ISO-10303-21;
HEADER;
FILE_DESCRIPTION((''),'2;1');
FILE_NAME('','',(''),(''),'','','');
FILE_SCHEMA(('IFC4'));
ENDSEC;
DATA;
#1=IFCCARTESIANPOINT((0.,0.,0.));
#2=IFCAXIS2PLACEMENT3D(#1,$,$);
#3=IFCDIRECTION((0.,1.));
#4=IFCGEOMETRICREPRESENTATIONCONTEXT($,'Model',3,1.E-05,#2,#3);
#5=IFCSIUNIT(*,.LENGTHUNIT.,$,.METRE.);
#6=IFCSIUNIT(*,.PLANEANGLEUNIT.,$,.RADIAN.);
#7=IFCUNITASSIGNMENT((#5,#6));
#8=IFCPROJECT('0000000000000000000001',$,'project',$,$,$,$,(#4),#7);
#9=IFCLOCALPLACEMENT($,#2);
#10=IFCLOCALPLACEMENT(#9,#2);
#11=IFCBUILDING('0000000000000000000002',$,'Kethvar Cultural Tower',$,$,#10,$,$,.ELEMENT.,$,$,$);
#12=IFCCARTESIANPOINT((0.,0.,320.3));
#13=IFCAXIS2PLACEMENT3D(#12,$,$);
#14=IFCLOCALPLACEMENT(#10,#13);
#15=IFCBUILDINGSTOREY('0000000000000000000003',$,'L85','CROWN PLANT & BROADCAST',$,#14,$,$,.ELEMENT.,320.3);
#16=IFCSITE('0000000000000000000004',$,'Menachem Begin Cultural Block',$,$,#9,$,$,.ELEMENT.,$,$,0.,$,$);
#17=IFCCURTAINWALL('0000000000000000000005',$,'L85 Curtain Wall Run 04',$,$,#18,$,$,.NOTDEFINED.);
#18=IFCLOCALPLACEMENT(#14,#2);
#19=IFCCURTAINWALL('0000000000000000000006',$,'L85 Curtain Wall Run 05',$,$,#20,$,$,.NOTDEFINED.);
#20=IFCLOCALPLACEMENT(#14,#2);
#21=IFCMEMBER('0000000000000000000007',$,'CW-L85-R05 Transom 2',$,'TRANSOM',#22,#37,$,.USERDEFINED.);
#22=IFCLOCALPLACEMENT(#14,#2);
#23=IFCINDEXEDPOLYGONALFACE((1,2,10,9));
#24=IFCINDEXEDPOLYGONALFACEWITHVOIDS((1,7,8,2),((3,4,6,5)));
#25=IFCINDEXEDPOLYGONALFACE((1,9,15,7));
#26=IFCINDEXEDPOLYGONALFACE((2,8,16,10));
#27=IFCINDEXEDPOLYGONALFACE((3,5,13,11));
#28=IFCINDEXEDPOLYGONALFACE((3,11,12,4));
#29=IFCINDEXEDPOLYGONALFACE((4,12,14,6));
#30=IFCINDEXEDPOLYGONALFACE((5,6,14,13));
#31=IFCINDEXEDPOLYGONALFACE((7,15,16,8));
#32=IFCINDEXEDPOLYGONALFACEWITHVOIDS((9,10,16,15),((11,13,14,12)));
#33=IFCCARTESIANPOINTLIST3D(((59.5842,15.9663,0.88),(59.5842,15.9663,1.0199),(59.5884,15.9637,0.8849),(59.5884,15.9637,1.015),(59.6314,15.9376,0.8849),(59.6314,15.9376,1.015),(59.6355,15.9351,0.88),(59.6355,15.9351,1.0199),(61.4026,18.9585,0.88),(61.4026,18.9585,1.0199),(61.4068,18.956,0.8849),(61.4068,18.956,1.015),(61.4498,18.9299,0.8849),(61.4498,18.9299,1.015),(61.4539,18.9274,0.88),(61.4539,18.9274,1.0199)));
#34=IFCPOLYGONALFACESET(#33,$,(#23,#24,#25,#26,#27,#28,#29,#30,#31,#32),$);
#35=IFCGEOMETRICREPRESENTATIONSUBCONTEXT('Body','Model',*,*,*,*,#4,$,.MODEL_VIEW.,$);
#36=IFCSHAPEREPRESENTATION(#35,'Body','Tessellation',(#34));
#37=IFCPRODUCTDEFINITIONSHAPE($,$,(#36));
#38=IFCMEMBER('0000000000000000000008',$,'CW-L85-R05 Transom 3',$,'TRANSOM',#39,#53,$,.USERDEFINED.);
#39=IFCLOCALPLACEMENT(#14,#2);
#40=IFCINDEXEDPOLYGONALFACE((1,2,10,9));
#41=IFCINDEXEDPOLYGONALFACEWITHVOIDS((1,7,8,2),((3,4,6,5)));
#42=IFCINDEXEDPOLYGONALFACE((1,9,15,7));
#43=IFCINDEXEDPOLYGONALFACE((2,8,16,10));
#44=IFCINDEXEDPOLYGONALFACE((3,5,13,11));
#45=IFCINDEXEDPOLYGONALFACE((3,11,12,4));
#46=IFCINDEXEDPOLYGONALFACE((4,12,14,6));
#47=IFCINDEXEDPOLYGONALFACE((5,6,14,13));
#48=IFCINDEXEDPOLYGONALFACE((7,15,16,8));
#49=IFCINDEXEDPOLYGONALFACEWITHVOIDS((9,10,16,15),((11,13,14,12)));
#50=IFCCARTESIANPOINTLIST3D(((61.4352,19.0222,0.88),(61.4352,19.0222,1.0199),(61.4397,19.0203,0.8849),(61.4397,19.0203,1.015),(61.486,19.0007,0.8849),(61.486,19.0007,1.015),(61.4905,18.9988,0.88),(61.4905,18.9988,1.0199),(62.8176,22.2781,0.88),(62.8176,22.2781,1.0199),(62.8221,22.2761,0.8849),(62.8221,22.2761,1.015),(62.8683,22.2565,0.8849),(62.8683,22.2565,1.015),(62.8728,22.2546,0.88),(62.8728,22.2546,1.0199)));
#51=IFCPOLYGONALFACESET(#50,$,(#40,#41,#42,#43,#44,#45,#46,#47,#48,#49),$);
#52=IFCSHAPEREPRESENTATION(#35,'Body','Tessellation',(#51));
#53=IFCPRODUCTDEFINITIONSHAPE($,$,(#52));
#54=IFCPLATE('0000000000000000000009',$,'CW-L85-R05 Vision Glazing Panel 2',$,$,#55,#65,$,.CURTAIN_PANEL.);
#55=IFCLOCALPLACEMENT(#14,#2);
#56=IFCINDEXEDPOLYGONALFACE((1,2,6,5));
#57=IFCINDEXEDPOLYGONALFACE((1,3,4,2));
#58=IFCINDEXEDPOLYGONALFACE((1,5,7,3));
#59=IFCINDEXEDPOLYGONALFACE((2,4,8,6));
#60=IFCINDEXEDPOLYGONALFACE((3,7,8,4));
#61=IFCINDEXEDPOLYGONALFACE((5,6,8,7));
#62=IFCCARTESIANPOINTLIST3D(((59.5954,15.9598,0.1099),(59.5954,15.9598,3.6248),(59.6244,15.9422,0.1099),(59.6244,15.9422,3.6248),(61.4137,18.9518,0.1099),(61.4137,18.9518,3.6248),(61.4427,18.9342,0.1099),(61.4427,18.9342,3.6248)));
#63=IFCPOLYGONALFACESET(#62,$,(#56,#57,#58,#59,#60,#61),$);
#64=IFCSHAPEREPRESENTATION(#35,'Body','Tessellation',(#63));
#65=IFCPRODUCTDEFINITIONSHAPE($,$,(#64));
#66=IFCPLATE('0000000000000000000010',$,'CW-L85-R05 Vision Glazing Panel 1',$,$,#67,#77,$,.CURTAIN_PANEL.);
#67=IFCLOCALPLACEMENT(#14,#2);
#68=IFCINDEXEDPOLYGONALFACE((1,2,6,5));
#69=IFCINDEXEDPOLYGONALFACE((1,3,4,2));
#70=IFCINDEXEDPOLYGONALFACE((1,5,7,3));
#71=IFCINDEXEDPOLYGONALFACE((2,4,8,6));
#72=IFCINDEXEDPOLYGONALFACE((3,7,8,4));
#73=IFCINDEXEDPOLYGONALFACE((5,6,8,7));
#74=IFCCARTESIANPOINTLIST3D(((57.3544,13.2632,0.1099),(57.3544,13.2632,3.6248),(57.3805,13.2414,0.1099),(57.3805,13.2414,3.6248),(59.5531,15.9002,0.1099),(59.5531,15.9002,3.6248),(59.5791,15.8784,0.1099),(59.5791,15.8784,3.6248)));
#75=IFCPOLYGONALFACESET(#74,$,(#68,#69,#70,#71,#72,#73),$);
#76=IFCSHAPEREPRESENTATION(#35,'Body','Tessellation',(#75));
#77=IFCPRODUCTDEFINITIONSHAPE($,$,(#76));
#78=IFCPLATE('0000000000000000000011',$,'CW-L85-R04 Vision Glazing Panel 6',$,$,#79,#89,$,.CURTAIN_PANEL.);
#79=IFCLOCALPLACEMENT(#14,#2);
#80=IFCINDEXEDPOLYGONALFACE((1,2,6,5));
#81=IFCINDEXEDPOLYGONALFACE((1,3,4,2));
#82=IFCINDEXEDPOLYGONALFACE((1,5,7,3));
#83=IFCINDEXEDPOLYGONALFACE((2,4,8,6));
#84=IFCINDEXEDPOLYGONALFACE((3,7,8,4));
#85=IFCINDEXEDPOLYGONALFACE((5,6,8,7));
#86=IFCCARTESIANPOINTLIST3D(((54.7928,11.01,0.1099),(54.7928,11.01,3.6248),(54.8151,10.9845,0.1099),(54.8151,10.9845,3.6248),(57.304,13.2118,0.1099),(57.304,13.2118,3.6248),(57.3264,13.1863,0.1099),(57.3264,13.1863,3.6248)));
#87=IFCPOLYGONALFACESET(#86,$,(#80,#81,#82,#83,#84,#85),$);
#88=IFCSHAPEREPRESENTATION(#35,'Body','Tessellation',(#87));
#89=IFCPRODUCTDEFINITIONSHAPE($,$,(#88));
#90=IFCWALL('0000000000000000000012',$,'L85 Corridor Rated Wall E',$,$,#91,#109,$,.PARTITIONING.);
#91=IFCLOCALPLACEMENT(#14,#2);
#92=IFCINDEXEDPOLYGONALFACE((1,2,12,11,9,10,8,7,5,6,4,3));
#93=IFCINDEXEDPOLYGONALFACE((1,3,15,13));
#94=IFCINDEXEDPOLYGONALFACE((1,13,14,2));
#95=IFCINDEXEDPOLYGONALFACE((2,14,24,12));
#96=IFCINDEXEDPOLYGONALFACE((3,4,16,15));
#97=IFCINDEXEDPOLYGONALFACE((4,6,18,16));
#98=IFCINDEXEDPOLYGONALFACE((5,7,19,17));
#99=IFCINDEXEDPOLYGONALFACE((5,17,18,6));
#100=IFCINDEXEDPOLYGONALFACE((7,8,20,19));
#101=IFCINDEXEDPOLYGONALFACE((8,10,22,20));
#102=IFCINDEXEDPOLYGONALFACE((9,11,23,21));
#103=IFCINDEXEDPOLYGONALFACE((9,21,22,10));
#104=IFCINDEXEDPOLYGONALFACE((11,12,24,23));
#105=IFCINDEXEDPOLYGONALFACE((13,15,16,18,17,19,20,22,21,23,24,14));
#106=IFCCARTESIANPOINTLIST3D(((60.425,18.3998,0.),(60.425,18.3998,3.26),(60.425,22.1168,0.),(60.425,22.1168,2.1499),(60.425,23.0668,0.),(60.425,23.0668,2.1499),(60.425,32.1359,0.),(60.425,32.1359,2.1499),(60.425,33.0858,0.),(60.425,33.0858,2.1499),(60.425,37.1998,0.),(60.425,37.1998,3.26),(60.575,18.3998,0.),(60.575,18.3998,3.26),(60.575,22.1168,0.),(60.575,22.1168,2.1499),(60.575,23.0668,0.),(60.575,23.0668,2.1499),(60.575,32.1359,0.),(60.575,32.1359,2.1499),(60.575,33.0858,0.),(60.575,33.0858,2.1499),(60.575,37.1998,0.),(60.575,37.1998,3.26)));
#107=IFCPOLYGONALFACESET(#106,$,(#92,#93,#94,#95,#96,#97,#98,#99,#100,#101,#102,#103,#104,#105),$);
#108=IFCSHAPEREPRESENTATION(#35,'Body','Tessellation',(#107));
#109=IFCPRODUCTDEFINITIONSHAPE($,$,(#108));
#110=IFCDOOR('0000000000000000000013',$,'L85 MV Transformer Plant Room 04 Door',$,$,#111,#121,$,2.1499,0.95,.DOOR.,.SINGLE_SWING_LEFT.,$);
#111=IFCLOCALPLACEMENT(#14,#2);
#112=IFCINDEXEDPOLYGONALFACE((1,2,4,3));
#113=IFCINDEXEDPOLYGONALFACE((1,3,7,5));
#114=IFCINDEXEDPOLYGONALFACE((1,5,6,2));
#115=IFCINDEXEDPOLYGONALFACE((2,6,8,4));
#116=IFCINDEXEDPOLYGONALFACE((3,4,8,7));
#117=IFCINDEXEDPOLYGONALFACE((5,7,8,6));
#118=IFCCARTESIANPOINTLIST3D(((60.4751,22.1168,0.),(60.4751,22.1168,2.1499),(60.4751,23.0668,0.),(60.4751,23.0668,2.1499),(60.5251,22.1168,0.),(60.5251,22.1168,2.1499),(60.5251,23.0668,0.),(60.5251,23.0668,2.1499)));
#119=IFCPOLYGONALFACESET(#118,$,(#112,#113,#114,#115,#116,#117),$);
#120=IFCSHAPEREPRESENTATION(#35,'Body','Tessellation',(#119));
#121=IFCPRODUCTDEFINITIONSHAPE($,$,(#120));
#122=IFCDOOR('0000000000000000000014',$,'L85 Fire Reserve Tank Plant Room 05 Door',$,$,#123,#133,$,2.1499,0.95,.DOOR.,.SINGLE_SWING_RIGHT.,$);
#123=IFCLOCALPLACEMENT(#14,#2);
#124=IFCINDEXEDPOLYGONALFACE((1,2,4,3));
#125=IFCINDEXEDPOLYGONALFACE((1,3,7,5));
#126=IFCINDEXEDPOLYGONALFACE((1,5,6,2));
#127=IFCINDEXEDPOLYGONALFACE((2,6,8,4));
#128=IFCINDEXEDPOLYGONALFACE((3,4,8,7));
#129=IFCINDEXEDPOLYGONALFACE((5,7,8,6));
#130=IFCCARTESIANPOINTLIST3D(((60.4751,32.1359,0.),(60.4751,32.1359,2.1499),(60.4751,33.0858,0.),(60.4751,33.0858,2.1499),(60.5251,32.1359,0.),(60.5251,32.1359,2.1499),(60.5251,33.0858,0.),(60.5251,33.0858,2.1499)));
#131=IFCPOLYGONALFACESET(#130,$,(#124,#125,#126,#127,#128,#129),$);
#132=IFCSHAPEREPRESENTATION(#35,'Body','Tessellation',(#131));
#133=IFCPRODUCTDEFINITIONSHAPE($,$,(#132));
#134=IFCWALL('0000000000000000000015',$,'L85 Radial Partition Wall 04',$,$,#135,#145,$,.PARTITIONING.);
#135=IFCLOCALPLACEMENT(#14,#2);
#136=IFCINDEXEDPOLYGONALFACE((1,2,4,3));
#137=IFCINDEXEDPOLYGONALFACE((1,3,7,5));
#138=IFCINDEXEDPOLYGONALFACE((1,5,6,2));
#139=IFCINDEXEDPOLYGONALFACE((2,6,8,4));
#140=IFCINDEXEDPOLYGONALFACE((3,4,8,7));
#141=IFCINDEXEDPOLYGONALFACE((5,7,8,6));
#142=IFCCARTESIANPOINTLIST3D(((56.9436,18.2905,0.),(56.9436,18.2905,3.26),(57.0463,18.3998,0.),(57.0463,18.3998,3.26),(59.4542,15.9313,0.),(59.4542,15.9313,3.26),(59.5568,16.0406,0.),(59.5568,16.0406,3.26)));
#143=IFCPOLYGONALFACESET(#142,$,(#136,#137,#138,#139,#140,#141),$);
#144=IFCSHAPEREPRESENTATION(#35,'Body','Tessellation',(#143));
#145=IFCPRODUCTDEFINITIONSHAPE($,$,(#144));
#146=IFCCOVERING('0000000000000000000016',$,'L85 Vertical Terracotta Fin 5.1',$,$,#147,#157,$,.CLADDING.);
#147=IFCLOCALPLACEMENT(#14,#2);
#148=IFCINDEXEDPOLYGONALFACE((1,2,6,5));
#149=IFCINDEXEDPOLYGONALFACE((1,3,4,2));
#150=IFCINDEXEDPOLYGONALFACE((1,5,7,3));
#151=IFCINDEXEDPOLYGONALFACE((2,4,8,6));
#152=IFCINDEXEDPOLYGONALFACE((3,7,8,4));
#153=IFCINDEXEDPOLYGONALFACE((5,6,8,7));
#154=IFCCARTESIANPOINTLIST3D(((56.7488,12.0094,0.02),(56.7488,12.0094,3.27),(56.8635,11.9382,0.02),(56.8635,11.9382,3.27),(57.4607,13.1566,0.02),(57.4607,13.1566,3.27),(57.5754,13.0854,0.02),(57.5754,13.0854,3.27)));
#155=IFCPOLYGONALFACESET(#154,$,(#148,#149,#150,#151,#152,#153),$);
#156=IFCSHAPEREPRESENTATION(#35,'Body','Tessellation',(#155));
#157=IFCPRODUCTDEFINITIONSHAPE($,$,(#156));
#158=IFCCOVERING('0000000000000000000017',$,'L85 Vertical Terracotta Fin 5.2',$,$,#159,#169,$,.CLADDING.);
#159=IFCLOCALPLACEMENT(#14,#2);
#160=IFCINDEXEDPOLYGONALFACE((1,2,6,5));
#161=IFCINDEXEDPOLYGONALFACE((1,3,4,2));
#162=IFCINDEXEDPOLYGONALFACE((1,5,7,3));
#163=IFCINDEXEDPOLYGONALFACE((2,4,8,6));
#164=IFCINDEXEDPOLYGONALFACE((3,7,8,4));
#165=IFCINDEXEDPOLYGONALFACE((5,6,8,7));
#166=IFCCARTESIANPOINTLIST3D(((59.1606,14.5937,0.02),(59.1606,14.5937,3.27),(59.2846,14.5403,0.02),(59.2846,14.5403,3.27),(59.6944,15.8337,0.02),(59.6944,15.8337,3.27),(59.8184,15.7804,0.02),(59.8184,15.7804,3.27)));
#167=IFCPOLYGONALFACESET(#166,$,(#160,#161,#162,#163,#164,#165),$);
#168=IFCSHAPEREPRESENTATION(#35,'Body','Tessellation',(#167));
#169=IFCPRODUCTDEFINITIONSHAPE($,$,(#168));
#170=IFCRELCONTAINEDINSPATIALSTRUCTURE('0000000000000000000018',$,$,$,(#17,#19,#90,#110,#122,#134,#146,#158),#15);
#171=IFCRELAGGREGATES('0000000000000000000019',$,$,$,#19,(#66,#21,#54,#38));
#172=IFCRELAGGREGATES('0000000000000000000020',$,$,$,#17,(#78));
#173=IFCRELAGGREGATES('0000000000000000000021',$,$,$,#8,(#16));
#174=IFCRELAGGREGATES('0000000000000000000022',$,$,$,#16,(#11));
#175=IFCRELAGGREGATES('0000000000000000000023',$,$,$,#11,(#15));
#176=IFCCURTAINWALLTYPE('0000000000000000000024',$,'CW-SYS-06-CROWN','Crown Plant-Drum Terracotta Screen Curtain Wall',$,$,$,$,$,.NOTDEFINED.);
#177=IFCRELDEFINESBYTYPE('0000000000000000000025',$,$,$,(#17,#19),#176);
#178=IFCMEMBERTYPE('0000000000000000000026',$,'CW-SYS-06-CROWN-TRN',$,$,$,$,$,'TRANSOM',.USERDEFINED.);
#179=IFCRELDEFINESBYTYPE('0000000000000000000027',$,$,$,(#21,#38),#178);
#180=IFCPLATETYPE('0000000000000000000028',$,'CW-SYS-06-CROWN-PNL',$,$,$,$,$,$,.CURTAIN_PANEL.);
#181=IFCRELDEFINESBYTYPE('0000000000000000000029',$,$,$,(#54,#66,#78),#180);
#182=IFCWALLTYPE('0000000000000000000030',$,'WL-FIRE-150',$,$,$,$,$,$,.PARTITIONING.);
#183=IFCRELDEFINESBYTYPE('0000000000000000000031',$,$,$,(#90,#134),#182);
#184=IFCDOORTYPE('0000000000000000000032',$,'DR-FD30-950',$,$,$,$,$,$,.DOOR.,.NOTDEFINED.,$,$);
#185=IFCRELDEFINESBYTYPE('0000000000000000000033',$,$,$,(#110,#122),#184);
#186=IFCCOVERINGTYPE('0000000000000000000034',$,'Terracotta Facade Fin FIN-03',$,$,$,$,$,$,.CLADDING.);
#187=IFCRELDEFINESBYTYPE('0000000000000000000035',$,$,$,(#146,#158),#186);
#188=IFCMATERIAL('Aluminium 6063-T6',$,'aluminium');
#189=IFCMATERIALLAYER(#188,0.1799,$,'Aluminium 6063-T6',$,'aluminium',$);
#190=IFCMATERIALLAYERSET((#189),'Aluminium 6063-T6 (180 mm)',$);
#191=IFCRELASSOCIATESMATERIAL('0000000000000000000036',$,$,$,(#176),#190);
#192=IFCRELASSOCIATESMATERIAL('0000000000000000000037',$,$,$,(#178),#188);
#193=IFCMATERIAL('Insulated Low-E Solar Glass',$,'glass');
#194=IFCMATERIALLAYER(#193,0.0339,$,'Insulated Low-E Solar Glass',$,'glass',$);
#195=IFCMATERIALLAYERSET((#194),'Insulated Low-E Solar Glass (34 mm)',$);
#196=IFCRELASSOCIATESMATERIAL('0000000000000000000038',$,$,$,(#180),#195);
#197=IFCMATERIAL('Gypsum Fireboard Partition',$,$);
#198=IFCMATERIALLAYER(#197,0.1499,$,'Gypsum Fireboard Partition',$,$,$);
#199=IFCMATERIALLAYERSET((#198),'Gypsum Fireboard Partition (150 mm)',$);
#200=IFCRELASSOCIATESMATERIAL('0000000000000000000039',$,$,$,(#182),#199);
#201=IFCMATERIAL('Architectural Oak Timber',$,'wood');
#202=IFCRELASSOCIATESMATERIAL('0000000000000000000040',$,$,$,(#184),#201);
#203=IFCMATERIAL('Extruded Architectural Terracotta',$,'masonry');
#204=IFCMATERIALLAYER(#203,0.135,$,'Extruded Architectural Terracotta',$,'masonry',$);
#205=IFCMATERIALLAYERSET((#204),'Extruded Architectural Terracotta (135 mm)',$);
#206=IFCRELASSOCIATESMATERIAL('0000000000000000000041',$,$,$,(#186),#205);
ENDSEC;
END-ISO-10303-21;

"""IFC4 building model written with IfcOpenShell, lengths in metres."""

from ifc_helpers import new_model, si_unit, direction, frame, frame_2d, origin, origin_2d, place, context, subcontext, project, spatial, rectangle, hollow_rectangle, extrude, source, transform, mapped, material, layer, layer_set, material_profile, profile_set, type_object, element, fill, aggregate, save


model = new_model("IFC4")

# Units and contexts
model_context = context("Model", 3, precision=1e-05, world=origin(), true_north=direction((0.0, 1.0)))
body_context = subcontext(model_context, "Body", "Model", "MODEL_VIEW")
ifc_project = project(units=[si_unit("LENGTHUNIT", "METRE"), si_unit("PLANEANGLEUNIT", "RADIAN")], contexts=[model_context])

# Site, building, storey
site_placement = place(None, origin())
site = spatial("IfcSite", under=ifc_project, at=site_placement, Name="Menachem Begin Cultural Block", CompositionType="ELEMENT", RefElevation=0.0)
building_placement = place(site_placement, origin())
building = spatial("IfcBuilding", under=site, at=building_placement, Name="Kethvar Cultural Tower", CompositionType="ELEMENT")
storey_placement = place(building_placement, frame((0.0, 0.0, 320.3)))
storey = spatial("IfcBuildingStorey", under=building, at=storey_placement, Name="L85", Description="CROWN PLANT & BROADCAST", CompositionType="ELEMENT", Elevation=320.3)

# Curtain wall
ifc_material_1 = material(Name="Aluminium 6063-T6", Category="aluminium")
ifc_layer_1 = layer(ifc_material_1, 0.1799, Name="Aluminium 6063-T6", Category="aluminium")
ifc_layer_set_1 = layer_set([ifc_layer_1], Name="Aluminium 6063-T6 (180 mm)")
curtain_wall_type = type_object("IfcCurtainWallType", Name="CW-SYS-06-CROWN", Description="Crown Plant-Drum Terracotta Screen Curtain Wall", PredefinedType="NOTDEFINED", material=ifc_layer_set_1)
curtain_wall_1_placement = place(storey_placement, origin())
curtain_wall_1 = element("IfcCurtainWall", 1, at=curtain_wall_1_placement, inside=storey, type_object=curtain_wall_type, Name="L85 Curtain Wall Run 04", PredefinedType="NOTDEFINED")

# Curtain wall, members, plates
curtain_wall_2_placement = place(storey_placement, origin())
curtain_wall_2 = element("IfcCurtainWall", 2, at=curtain_wall_2_placement, inside=storey, type_object=curtain_wall_type, Name="L85 Curtain Wall Run 05", PredefinedType="NOTDEFINED")
ifc_material_profile_1 = material_profile(ifc_material_1, hollow_rectangle(XDim=0.0601, YDim=0.1399, WallThickness=0.0049, at=origin_2d()), Name="Aluminium 6063-T6 — RHS140x60x5")
ifc_profile_set_1 = profile_set([ifc_material_profile_1], Name="Aluminium 6063-T6 — RHS140x60x5")
member_type_1 = type_object("IfcMemberType", Name="CW-SYS-06-CROWN-TRN", ElementType="TRANSOM", PredefinedType="USERDEFINED", material=ifc_profile_set_1)
shared_shape_1 = source(origin(), body_context, "Body", "SweptSolid", [
    extrude(hollow_rectangle(XDim=0.0601, YDim=0.1399, WallThickness=0.0049, at=origin_2d()), origin(), (0.0, 0.0, 1.0), 3.5015),
])
member_1_placement = place(storey_placement, frame((59.6099, 15.9507, 0.95), z_axis=(0.519327, 0.854575, 0.0), x_axis=(-0.854575, 0.519327, 0.0)))
member_1 = element("IfcMember", 3, at=member_1_placement, type_object=member_type_1, Name="CW-L85-R05 Transom 2", ObjectType="TRANSOM", PredefinedType="USERDEFINED", context=body_context, shape_type="MappedRepresentation", body=[
    mapped(shared_shape_1, transform((0.0, 0.0, 0.0), scale=1.0)),
])
shared_shape_2 = source(origin(), body_context, "Body", "SweptSolid", [
    extrude(hollow_rectangle(XDim=0.0601, YDim=0.1399, WallThickness=0.0049, at=origin_2d()), origin(), (0.0, 0.0, 1.0), 3.5371),
])
member_2_placement = place(storey_placement, frame((61.4629, 19.0105, 0.95), z_axis=(0.390802, 0.920475, 0.0), x_axis=(-0.920475, 0.390802, 0.0)))
member_2 = element("IfcMember", 4, at=member_2_placement, type_object=member_type_1, Name="CW-L85-R05 Transom 3", ObjectType="TRANSOM", PredefinedType="USERDEFINED", context=body_context, shape_type="MappedRepresentation", body=[
    mapped(shared_shape_2, transform((0.0, 0.0, 0.0), scale=1.0)),
])
ifc_material_2 = material(Name="Insulated Low-E Solar Glass", Category="glass")
ifc_layer_2 = layer(ifc_material_2, 0.0339, Name="Insulated Low-E Solar Glass", Category="glass")
ifc_layer_set_2 = layer_set([ifc_layer_2], Name="Insulated Low-E Solar Glass (34 mm)")
plate_type = type_object("IfcPlateType", Name="CW-SYS-06-CROWN-PNL", PredefinedType="CURTAIN_PANEL", material=ifc_layer_set_2)
shared_shape_3 = source(origin(), body_context, "Body", "SweptSolid", [
    extrude(rectangle(XDim=3.5012, YDim=0.0339, at=origin_2d()), origin(), (0.0, 0.0, 1.0), 3.5149),
])
plate_1_placement = place(storey_placement, frame((60.519, 17.447, 0.1099), z_axis=(0.0, 0.0, 1.0), x_axis=(0.51934, 0.854568, 0.0)))
plate_1 = element("IfcPlate", 5, at=plate_1_placement, type_object=plate_type, Name="CW-L85-R05 Vision Glazing Panel 2", PredefinedType="CURTAIN_PANEL", context=body_context, shape_type="MappedRepresentation", body=[
    mapped(shared_shape_3, transform((0.0, 0.0, 0.0), scale=1.0)),
])
shared_shape_4 = source(origin(), body_context, "Body", "SweptSolid", [
    extrude(rectangle(XDim=3.4333, YDim=0.0339, at=origin_2d()), origin(), (0.0, 0.0, 1.0), 3.5149),
])
plate_2_placement = place(storey_placement, frame((58.4668, 14.5708, 0.1099), z_axis=(0.0, 0.0, 1.0), x_axis=(0.640378, 0.76806, 0.0)))
plate_2 = element("IfcPlate", 6, at=plate_2_placement, type_object=plate_type, Name="CW-L85-R05 Vision Glazing Panel 1", PredefinedType="CURTAIN_PANEL", context=body_context, shape_type="MappedRepresentation", body=[
    mapped(shared_shape_4, transform((0.0, 0.0, 0.0), scale=1.0)),
])
aggregate(curtain_wall_2, [plate_2, member_1, plate_1, member_2])

# Plate
shared_shape_5 = source(origin(), body_context, "Body", "SweptSolid", [
    extrude(rectangle(XDim=3.3398, YDim=0.0339, at=origin_2d()), origin(), (0.0, 0.0, 1.0), 3.5149),
])
plate_3_placement = place(storey_placement, frame((56.0596, 12.0981, 0.1099), z_axis=(0.0, 0.0, 1.0), x_axis=(0.751909, 0.659267, 0.0)))
plate_3 = element("IfcPlate", 7, at=plate_3_placement, type_object=plate_type, Name="CW-L85-R04 Vision Glazing Panel 6", PredefinedType="CURTAIN_PANEL", context=body_context, shape_type="MappedRepresentation", body=[
    mapped(shared_shape_5, transform((0.0, 0.0, 0.0), scale=1.0)),
])
aggregate(curtain_wall_1, [plate_3])

# Wall, openings, doors
ifc_material_3 = material(Name="Gypsum Fireboard Partition")
ifc_layer_3 = layer(ifc_material_3, 0.1499, Name="Gypsum Fireboard Partition")
ifc_layer_set_3 = layer_set([ifc_layer_3], Name="Gypsum Fireboard Partition (150 mm)")
wall_type = type_object("IfcWallType", Name="WL-FIRE-150", PredefinedType="PARTITIONING", material=ifc_layer_set_3)
wall_1_placement = place(storey_placement, frame((60.5, 18.3999, 0.0), z_axis=(0.0, 0.0, 1.0), x_axis=(0.0, 1.0, 0.0)))
wall_1 = element("IfcWall", 8, at=wall_1_placement, inside=storey, type_object=wall_type, Name="L85 Corridor Rated Wall E", PredefinedType="PARTITIONING", context=body_context, shape_type="SweptSolid", body=[
    extrude(rectangle(XDim=18.8, YDim=0.1499, at=frame_2d((9.3999, 0.0))), origin(), (0.0, 0.0, 1.0), 3.26),
])
opening_1_placement = place(wall_1_placement, frame((3.7168, 0.0, 0.0)))
opening_1 = element("IfcOpeningElement", 9, at=opening_1_placement, cuts=wall_1, PredefinedType="OPENING", context=body_context, shape_type="SweptSolid", body=[
    extrude(rectangle(XDim=0.95, YDim=2.1499, at=frame_2d((0.4751, 1.075))), frame((0.0, 0.085, 0.0), z_axis=(0.0, -1.0, 0.0), x_axis=(1.0, 0.0, 0.0)), (0.0, 0.0, 1.0), 0.1699),
])
opening_2_placement = place(wall_1_placement, frame((13.7358, 0.0, 0.0)))
opening_2 = element("IfcOpeningElement", 10, at=opening_2_placement, cuts=wall_1, PredefinedType="OPENING", context=body_context, shape_type="SweptSolid", body=[
    extrude(rectangle(XDim=0.95, YDim=2.1499, at=frame_2d((0.4751, 1.075))), frame((0.0, 0.085, 0.0), z_axis=(0.0, -1.0, 0.0), x_axis=(1.0, 0.0, 0.0)), (0.0, 0.0, 1.0), 0.1699),
])
ifc_material_4 = material(Name="Architectural Oak Timber", Category="wood")
door_type = type_object("IfcDoorType", Name="DR-FD30-950", OperationType="NOTDEFINED", PredefinedType="DOOR", material=ifc_material_4)
shared_shape_6 = source(origin(), body_context, "Body", "SweptSolid", [
    extrude(rectangle(XDim=0.95, YDim=2.1499, at=frame_2d((0.4751, 1.075))), frame((0.0, 0.0249, 0.0), z_axis=(0.0, -1.0, 0.0), x_axis=(1.0, 0.0, 0.0)), (0.0, 0.0, 1.0), 0.05),
])
door_1_placement = place(opening_1_placement, origin())
door_1 = element("IfcDoor", 11, at=door_1_placement, inside=storey, type_object=door_type, Name="L85 MV Transformer Plant Room 04 Door", OperationType="SINGLE_SWING_LEFT", OverallHeight=2.1499, OverallWidth=0.95, PredefinedType="DOOR", context=body_context, shape_type="MappedRepresentation", body=[
    mapped(shared_shape_6, transform((0.0, 0.0, 0.0), scale=1.0)),
])
fill(opening_1, door_1)
door_2_placement = place(opening_2_placement, origin())
door_2 = element("IfcDoor", 12, at=door_2_placement, inside=storey, type_object=door_type, Name="L85 Fire Reserve Tank Plant Room 05 Door", OperationType="SINGLE_SWING_RIGHT", OverallHeight=2.1499, OverallWidth=0.95, PredefinedType="DOOR", context=body_context, shape_type="MappedRepresentation", body=[
    mapped(shared_shape_6, transform((0.0, 0.0, 0.0), scale=1.0)),
])
fill(opening_2, door_2)

# Wall
wall_2_placement = place(storey_placement, frame((56.9949, 18.3452, 0.0), z_axis=(0.0, 0.0, 1.0), x_axis=(0.728734, -0.684796, 0.0)))
element("IfcWall", 13, at=wall_2_placement, inside=storey, type_object=wall_type, Name="L85 Radial Partition Wall 04", PredefinedType="PARTITIONING", context=body_context, shape_type="SweptSolid", body=[
    extrude(rectangle(XDim=3.4451, YDim=0.1499, at=frame_2d((1.7227, 0.0))), origin(), (0.0, 0.0, 1.0), 3.26),
])

# Coverings
ifc_material_5 = material(Name="Extruded Architectural Terracotta", Category="masonry")
ifc_layer_4 = layer(ifc_material_5, 0.135, Name="Extruded Architectural Terracotta", Category="masonry")
ifc_layer_set_4 = layer_set([ifc_layer_4], Name="Extruded Architectural Terracotta (135 mm)")
covering_type = type_object("IfcCoveringType", Name="Terracotta Facade Fin FIN-03", PredefinedType="CLADDING", material=ifc_layer_set_4)
shared_shape_7 = source(origin(), body_context, "Body", "SweptSolid", [
    extrude(rectangle(XDim=1.3501, YDim=0.135, at=origin_2d()), origin(), (0.0, 0.0, 1.0), 3.25),
])
for number, where, z_axis, x_axis, name in (
    (14, (57.1621, 12.5474, 0.02), (0.0, 0.0, 1.0), (-0.527252, -0.849709, 0.0), "L85 Vertical Terracotta Fin 5.1"),
    (15, (59.4895, 15.187, 0.02), (0.0, 0.0, 1.0), (-0.395385, -0.918515, 0.0), "L85 Vertical Terracotta Fin 5.2"),
):
    element("IfcCovering", number, at=place(storey_placement, frame(where, z_axis=z_axis, x_axis=x_axis)), inside=storey, type_object=covering_type, Name=name, PredefinedType="CLADDING", context=body_context, shape_type="MappedRepresentation", body=[
        mapped(shared_shape_7, transform((0.0, 0.0, 0.0), scale=1.0)),
    ])

save(model, "model.ifc")
